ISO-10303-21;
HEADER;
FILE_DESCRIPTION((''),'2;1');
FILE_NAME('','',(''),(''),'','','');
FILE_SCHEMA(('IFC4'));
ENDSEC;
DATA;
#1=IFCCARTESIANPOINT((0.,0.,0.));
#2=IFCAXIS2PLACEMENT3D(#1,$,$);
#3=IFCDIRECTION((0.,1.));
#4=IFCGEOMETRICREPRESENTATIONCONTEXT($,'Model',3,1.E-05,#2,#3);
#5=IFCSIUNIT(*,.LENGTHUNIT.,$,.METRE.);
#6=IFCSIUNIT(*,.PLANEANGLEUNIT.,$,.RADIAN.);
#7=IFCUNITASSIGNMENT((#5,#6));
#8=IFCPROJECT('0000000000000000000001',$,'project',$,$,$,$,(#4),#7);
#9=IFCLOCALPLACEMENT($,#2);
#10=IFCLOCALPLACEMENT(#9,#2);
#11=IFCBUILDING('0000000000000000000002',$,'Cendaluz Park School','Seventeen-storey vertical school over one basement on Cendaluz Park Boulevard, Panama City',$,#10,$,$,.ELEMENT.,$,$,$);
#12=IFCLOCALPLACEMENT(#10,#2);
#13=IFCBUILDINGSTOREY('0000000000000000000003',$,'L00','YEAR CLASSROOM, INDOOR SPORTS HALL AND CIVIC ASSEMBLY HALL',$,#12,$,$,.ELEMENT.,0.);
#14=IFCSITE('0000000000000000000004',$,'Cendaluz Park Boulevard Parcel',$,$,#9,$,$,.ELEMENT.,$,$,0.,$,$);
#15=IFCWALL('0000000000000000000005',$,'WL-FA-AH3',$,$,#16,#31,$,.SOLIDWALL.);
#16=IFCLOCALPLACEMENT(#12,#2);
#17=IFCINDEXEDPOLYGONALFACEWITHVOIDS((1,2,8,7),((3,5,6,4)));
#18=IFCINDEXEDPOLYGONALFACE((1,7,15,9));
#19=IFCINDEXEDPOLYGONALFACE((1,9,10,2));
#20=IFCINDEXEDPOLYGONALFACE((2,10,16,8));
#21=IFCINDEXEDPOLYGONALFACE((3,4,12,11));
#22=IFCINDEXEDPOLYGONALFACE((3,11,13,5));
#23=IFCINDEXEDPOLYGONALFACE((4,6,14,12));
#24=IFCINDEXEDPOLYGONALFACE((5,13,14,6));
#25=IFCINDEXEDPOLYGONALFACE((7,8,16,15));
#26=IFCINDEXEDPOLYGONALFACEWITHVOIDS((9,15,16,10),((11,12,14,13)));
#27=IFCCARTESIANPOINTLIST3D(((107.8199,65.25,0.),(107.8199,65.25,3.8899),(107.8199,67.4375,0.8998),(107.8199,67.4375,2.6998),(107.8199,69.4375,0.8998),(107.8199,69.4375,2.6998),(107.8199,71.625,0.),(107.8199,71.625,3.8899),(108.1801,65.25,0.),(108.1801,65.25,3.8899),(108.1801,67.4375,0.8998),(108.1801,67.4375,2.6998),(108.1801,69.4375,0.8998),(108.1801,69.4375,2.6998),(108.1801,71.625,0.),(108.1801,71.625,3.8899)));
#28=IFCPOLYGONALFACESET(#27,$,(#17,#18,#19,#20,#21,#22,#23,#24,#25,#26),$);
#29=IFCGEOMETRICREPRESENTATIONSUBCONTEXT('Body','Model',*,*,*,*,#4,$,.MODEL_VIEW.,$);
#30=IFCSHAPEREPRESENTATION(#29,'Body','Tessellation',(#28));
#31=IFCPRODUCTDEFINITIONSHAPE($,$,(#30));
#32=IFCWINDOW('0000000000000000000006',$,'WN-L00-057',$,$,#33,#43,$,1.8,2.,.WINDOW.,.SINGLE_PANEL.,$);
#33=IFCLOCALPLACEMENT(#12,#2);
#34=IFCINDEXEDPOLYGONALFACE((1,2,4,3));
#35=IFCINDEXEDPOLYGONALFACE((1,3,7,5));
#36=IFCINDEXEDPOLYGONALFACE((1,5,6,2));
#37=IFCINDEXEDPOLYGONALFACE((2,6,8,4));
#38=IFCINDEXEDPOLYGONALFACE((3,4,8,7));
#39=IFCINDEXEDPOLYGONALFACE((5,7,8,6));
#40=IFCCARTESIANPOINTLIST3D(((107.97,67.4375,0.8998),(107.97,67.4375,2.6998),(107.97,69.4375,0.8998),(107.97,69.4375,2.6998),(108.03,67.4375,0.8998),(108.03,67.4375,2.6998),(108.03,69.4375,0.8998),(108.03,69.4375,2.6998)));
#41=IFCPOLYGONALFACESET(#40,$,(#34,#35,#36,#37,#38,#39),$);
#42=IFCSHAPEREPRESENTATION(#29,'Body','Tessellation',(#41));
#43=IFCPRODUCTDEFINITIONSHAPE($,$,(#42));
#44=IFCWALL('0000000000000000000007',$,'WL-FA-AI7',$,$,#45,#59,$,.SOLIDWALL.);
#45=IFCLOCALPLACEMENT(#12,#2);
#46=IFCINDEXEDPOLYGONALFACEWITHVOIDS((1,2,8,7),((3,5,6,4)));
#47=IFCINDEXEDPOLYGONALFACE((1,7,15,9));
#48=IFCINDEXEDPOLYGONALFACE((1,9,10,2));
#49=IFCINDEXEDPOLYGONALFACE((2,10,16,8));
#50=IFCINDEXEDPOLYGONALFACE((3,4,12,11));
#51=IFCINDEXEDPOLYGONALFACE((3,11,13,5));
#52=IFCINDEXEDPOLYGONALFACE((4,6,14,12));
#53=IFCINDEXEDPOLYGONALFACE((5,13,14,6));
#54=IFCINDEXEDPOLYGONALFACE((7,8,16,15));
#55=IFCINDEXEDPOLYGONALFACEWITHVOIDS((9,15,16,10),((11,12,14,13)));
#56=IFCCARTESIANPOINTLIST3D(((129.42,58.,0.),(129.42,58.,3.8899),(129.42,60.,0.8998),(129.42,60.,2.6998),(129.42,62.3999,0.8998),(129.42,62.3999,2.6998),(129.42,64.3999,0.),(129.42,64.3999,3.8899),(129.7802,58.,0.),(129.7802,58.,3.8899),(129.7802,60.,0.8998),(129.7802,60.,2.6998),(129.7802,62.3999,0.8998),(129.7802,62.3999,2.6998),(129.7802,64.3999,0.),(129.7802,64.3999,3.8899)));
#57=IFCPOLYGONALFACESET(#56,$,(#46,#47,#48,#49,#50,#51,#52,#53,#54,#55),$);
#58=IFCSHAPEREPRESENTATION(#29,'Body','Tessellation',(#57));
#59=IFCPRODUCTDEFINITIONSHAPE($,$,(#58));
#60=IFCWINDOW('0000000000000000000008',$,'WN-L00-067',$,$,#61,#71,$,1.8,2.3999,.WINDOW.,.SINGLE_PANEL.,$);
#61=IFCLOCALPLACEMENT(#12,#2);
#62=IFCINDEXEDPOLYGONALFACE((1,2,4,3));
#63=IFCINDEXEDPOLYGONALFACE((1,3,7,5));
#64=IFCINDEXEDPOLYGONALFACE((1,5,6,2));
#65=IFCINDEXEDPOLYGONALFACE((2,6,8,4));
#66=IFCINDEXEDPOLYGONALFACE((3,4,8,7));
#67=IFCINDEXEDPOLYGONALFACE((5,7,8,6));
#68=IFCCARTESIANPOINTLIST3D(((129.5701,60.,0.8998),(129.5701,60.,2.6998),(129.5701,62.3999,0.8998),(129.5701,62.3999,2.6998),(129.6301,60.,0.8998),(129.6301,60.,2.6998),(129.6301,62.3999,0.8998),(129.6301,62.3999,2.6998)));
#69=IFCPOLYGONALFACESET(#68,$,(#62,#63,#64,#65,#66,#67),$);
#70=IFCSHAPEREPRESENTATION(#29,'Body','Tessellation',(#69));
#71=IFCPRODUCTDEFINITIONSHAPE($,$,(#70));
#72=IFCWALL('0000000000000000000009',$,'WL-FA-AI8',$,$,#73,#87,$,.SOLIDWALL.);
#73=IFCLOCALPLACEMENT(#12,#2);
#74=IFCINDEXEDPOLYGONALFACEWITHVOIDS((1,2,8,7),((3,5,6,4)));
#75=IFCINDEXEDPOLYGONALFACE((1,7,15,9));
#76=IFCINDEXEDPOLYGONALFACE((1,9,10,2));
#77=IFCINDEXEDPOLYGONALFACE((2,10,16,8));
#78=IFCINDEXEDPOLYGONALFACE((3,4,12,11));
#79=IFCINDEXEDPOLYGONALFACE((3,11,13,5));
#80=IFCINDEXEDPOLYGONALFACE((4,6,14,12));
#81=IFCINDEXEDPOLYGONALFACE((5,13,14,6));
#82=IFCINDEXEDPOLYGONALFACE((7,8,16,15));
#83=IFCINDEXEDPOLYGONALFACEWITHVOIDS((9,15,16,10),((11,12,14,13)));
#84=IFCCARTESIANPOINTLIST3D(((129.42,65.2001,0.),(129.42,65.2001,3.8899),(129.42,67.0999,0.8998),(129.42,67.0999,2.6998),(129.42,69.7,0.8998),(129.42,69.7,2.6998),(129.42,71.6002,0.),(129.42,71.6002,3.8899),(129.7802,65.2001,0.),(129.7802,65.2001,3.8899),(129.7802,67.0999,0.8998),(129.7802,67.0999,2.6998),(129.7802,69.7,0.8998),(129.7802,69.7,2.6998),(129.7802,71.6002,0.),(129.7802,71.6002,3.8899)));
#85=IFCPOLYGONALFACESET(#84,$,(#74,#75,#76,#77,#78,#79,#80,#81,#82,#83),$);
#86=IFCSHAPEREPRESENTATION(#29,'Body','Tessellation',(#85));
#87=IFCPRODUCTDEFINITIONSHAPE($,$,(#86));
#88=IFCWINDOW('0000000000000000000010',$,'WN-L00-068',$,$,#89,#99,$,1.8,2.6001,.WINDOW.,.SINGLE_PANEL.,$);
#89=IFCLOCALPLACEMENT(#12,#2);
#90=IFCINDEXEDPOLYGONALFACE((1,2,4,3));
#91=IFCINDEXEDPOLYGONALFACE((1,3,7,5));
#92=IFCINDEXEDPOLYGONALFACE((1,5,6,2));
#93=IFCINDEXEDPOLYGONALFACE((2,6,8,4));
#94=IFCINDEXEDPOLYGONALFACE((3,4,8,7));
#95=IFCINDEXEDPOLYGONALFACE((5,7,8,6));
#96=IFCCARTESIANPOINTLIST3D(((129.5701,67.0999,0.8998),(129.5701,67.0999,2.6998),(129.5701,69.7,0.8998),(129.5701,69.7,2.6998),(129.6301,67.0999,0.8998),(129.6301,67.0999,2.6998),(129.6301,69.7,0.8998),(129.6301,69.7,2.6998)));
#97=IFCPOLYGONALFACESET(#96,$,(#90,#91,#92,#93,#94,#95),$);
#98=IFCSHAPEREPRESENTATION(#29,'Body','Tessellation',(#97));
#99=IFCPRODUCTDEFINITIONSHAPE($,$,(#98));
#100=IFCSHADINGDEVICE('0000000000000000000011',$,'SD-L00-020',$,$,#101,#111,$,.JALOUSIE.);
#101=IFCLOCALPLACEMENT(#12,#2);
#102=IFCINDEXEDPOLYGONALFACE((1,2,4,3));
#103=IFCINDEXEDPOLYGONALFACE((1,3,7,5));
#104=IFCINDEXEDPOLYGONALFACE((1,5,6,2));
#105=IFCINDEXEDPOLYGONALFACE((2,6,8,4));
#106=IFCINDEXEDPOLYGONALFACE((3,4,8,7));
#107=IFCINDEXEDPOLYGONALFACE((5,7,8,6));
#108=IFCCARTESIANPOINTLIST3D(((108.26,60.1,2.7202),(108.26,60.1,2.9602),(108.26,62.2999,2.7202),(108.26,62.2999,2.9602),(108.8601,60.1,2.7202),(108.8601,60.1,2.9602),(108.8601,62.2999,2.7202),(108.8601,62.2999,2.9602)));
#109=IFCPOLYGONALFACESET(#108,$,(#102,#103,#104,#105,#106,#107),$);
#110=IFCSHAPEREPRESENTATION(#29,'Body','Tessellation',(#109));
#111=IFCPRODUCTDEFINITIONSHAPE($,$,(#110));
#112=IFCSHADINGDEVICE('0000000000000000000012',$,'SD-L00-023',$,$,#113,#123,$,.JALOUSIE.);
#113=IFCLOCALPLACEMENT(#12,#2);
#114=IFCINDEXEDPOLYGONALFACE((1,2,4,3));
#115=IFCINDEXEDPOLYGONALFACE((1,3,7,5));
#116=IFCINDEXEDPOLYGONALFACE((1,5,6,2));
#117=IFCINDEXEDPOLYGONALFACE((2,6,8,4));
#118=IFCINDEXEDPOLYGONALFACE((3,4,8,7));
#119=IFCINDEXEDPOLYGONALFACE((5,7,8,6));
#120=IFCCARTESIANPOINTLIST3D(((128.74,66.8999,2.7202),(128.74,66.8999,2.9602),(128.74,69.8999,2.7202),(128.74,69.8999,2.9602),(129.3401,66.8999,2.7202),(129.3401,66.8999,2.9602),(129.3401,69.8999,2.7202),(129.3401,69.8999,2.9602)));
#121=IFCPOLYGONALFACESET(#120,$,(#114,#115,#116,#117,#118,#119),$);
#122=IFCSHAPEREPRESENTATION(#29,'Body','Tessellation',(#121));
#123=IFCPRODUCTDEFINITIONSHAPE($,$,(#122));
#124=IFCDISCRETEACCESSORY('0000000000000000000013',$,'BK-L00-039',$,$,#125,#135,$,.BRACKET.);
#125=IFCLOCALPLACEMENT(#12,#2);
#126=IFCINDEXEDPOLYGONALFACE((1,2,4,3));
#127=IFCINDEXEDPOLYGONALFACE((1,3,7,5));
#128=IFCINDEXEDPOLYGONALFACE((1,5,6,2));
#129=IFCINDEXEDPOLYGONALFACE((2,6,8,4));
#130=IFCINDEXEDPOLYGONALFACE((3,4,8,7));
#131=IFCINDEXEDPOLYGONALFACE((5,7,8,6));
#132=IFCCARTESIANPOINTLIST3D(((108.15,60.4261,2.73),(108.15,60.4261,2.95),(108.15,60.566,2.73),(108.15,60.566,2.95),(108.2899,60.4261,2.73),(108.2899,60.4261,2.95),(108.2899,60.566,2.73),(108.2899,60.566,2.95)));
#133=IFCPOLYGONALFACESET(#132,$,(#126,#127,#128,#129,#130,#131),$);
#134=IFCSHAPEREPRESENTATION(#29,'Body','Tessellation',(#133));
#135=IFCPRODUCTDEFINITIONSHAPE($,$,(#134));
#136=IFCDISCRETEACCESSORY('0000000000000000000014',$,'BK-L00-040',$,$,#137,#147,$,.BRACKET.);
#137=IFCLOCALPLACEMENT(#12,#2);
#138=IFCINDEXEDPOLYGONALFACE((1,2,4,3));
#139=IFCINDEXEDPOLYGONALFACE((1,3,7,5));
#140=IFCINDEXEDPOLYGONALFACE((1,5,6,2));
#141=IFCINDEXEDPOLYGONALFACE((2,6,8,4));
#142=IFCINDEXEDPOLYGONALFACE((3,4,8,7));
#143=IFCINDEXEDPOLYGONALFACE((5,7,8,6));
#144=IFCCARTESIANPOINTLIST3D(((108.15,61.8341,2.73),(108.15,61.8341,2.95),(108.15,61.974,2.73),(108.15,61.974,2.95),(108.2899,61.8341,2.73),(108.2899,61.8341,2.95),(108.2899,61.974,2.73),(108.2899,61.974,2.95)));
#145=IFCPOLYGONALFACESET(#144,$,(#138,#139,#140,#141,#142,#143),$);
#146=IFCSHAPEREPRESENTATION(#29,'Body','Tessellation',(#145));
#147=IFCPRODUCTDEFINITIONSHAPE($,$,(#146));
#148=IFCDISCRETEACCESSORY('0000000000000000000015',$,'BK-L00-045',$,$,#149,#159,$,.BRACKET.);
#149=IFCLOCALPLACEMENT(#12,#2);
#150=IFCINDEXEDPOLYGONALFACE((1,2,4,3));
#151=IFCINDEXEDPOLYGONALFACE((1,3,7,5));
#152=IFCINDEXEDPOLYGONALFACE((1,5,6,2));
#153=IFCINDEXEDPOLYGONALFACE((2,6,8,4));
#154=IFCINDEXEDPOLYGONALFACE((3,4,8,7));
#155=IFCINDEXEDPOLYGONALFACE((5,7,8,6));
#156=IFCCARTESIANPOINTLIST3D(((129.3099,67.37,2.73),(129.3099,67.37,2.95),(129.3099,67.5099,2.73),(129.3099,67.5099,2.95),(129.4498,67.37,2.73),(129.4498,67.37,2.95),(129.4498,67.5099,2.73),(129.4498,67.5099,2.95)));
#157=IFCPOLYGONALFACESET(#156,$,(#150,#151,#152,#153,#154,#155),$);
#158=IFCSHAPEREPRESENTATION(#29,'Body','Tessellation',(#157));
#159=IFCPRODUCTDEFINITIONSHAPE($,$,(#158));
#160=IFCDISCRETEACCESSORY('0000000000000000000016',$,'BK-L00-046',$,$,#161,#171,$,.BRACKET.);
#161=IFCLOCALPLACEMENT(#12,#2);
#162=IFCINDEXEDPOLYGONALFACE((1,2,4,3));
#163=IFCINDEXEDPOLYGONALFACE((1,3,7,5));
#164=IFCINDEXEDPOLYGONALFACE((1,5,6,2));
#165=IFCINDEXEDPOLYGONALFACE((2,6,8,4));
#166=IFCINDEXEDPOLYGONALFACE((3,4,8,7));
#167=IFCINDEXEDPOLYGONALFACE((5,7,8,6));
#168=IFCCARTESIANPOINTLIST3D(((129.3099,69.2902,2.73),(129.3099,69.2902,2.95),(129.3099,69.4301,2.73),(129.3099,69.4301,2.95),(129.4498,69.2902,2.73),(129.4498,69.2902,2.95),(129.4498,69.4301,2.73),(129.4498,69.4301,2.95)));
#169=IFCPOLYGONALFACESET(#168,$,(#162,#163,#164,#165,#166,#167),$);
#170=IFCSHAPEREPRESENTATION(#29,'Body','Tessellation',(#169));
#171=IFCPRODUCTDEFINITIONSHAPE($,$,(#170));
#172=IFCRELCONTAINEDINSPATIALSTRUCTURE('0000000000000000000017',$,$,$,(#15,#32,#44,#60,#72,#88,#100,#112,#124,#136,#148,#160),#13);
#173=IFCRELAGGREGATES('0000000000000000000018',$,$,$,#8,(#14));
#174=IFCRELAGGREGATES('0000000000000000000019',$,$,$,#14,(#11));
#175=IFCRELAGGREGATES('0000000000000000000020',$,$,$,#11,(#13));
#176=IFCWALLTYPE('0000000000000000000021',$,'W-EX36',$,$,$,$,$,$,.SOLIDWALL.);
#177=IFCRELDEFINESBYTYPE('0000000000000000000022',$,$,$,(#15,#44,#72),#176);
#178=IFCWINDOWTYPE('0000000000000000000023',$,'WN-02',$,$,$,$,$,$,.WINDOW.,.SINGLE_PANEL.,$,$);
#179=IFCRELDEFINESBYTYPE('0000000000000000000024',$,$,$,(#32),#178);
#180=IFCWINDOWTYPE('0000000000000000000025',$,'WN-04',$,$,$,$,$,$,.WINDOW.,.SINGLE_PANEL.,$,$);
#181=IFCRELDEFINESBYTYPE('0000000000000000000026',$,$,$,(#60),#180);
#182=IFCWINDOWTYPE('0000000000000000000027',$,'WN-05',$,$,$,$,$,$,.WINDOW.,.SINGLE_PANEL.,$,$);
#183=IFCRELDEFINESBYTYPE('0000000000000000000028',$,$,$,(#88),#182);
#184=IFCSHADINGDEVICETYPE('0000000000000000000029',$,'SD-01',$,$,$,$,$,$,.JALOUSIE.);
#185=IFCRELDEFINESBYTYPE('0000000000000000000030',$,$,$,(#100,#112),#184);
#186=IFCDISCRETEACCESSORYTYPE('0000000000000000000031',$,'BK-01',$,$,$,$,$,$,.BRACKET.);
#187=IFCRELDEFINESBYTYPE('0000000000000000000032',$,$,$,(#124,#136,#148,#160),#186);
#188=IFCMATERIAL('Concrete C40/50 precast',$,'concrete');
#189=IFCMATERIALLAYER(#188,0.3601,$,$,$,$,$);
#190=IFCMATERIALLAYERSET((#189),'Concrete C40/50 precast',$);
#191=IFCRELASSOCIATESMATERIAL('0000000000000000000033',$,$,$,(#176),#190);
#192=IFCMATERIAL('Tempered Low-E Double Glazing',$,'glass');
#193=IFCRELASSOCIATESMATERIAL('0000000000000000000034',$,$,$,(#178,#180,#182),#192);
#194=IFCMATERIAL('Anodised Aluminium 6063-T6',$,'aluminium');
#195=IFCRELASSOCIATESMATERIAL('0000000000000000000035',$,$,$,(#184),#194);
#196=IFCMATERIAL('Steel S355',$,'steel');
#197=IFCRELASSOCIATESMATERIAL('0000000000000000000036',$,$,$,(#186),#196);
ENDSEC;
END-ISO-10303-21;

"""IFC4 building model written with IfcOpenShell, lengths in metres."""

from ifc_helpers import new_model, si_unit, direction, frame, frame_2d, origin, origin_2d, place, context, subcontext, project, spatial, rectangle, extrude, material, layer, layer_set, type_object, element, fill, save


model = new_model("IFC4")

# Units and contexts
model_context = context("Model", 3, precision=1e-05, world=origin(), true_north=direction((0.0, 1.0)))
body_context = subcontext(model_context, "Body", "Model", "MODEL_VIEW")
ifc_project = project(units=[si_unit("LENGTHUNIT", "METRE"), si_unit("PLANEANGLEUNIT", "RADIAN")], contexts=[model_context])

# Site, building, storey
site_placement = place(None, origin())
site = spatial("IfcSite", under=ifc_project, at=site_placement, Name="Cendaluz Park Boulevard Parcel", CompositionType="ELEMENT", RefElevation=0.0)
building_placement = place(site_placement, origin())
building = spatial("IfcBuilding", under=site, at=building_placement, Name="Cendaluz Park School", Description="Seventeen-storey vertical school over one basement on Cendaluz Park Boulevard, Panama City", CompositionType="ELEMENT")
storey_placement = place(building_placement, origin())
storey = spatial("IfcBuildingStorey", under=building, at=storey_placement, Name="L00", Description="YEAR CLASSROOM, INDOOR SPORTS HALL AND CIVIC ASSEMBLY HALL", CompositionType="ELEMENT", Elevation=0.0)

# Walls, openings, windows
ifc_material_1 = material(Name="Concrete C40/50 precast", Category="concrete")
ifc_layer_1 = layer(ifc_material_1, 0.3601)
ifc_layer_set_1 = layer_set([ifc_layer_1], Name="Concrete C40/50 precast")
wall_type_1 = type_object("IfcWallType", Name="W-EX36", PredefinedType="SOLIDWALL", material=ifc_layer_set_1)
wall_1_placement = place(storey_placement, frame((108.0, 65.25, 0.0), z_axis=(0.0, 0.0, 1.0), x_axis=(0.0, 1.0, 0.0)))
wall_1 = element("IfcWall", 1, at=wall_1_placement, inside=storey, type_object=wall_type_1, Name="WL-FA-AH3", PredefinedType="SOLIDWALL", context=body_context, shape_type="SweptSolid", body=[
    extrude(rectangle(XDim=6.375, YDim=0.3601, at=frame_2d((3.1875, 0.0))), origin(), (0.0, 0.0, 1.0), 3.8899),
])
opening_1_placement = place(wall_1_placement, frame((2.1875, 0.0, 0.8999)))
opening_1 = element("IfcOpeningElement", 2, at=opening_1_placement, cuts=wall_1, PredefinedType="OPENING", context=body_context, shape_type="SweptSolid", body=[
    extrude(rectangle(XDim=2.0, YDim=1.8, at=frame_2d((1.0, 0.8999))), frame((0.0, 0.1921, 0.0), z_axis=(0.0, -1.0, 0.0), x_axis=(1.0, 0.0, 0.0)), (0.0, 0.0, 1.0), 0.384),
])
ifc_material_2 = material(Name="Tempered Low-E Double Glazing", Category="glass")
window_type_1 = type_object("IfcWindowType", Name="WN-02", PartitioningType="SINGLE_PANEL", PredefinedType="WINDOW", material=ifc_material_2)
window_1_placement = place(opening_1_placement, origin())
window_1 = element("IfcWindow", 3, at=window_1_placement, inside=storey, type_object=window_type_1, Name="WN-L00-057", OverallHeight=1.8, OverallWidth=2.0, PartitioningType="SINGLE_PANEL", PredefinedType="WINDOW", context=body_context, shape_type="SweptSolid", body=[
    extrude(rectangle(XDim=2.0, YDim=1.8, at=frame_2d((1.0, 0.8999))), frame((0.0, 0.03, 0.0), z_axis=(0.0, -1.0, 0.0), x_axis=(1.0, 0.0, 0.0)), (0.0, 0.0, 1.0), 0.0601),
])
fill(opening_1, window_1)
wall_2_placement = place(storey_placement, frame((129.6001, 58.0, 0.0), z_axis=(0.0, 0.0, 1.0), x_axis=(0.0, 1.0, 0.0)))
wall_2 = element("IfcWall", 4, at=wall_2_placement, inside=storey, type_object=wall_type_1, Name="WL-FA-AI7", PredefinedType="SOLIDWALL", context=body_context, shape_type="SweptSolid", body=[
    extrude(rectangle(XDim=6.3999, YDim=0.3601, at=frame_2d((3.2, 0.0))), origin(), (0.0, 0.0, 1.0), 3.8899),
])
opening_2_placement = place(wall_2_placement, frame((2.0, 0.0, 0.8999)))
opening_2 = element("IfcOpeningElement", 5, at=opening_2_placement, cuts=wall_2, PredefinedType="OPENING", context=body_context, shape_type="SweptSolid", body=[
    extrude(rectangle(XDim=2.3999, YDim=1.8, at=frame_2d((1.2, 0.8999))), frame((0.0, 0.1921, 0.0), z_axis=(0.0, -1.0, 0.0), x_axis=(1.0, 0.0, 0.0)), (0.0, 0.0, 1.0), 0.384),
])
window_type_2 = type_object("IfcWindowType", Name="WN-04", PartitioningType="SINGLE_PANEL", PredefinedType="WINDOW", material=ifc_material_2)
window_2_placement = place(opening_2_placement, origin())
window_2 = element("IfcWindow", 6, at=window_2_placement, inside=storey, type_object=window_type_2, Name="WN-L00-067", OverallHeight=1.8, OverallWidth=2.3999, PartitioningType="SINGLE_PANEL", PredefinedType="WINDOW", context=body_context, shape_type="SweptSolid", body=[
    extrude(rectangle(XDim=2.3999, YDim=1.8, at=frame_2d((1.2, 0.8999))), frame((0.0, 0.03, 0.0), z_axis=(0.0, -1.0, 0.0), x_axis=(1.0, 0.0, 0.0)), (0.0, 0.0, 1.0), 0.0601),
])
fill(opening_2, window_2)
wall_3_placement = place(storey_placement, frame((129.6001, 65.2, 0.0), z_axis=(0.0, 0.0, 1.0), x_axis=(0.0, 1.0, 0.0)))
wall_3 = element("IfcWall", 7, at=wall_3_placement, inside=storey, type_object=wall_type_1, Name="WL-FA-AI8", PredefinedType="SOLIDWALL", context=body_context, shape_type="SweptSolid", body=[
    extrude(rectangle(XDim=6.4001, YDim=0.3601, at=frame_2d((3.2002, 0.0))), origin(), (0.0, 0.0, 1.0), 3.8899),
])
opening_3_placement = place(wall_3_placement, frame((1.8999, 0.0, 0.8999)))
opening_3 = element("IfcOpeningElement", 8, at=opening_3_placement, cuts=wall_3, PredefinedType="OPENING", context=body_context, shape_type="SweptSolid", body=[
    extrude(rectangle(XDim=2.6001, YDim=1.8, at=frame_2d((1.3, 0.8999))), frame((0.0, 0.1921, 0.0), z_axis=(0.0, -1.0, 0.0), x_axis=(1.0, 0.0, 0.0)), (0.0, 0.0, 1.0), 0.384),
])
window_type_3 = type_object("IfcWindowType", Name="WN-05", PartitioningType="SINGLE_PANEL", PredefinedType="WINDOW", material=ifc_material_2)
window_3_placement = place(opening_3_placement, origin())
window_3 = element("IfcWindow", 9, at=window_3_placement, inside=storey, type_object=window_type_3, Name="WN-L00-068", OverallHeight=1.8, OverallWidth=2.6001, PartitioningType="SINGLE_PANEL", PredefinedType="WINDOW", context=body_context, shape_type="SweptSolid", body=[
    extrude(rectangle(XDim=2.6001, YDim=1.8, at=frame_2d((1.3, 0.8999))), frame((0.0, 0.03, 0.0), z_axis=(0.0, -1.0, 0.0), x_axis=(1.0, 0.0, 0.0)), (0.0, 0.0, 1.0), 0.0601),
])
fill(opening_3, window_3)

# Shading devices
ifc_material_3 = material(Name="Anodised Aluminium 6063-T6", Category="aluminium")
shading_device_type = type_object("IfcShadingDeviceType", Name="SD-01", PredefinedType="JALOUSIE", material=ifc_material_3)
shading_device_1_placement = place(storey_placement, frame((108.5601, 61.2, 2.7202), z_axis=(0.0, 0.0, 1.0), x_axis=(0.0, 1.0, 0.0)))
element("IfcShadingDevice", 10, at=shading_device_1_placement, inside=storey, type_object=shading_device_type, Name="SD-L00-020", PredefinedType="JALOUSIE", context=body_context, shape_type="SweptSolid", body=[
    extrude(rectangle(XDim=2.2, YDim=0.6001, at=origin_2d()), origin(), (0.0, 0.0, 1.0), 0.24),
])
shading_device_2_placement = place(storey_placement, frame((129.04, 68.3999, 2.7202), z_axis=(0.0, 0.0, 1.0), x_axis=(0.0, 1.0, 0.0)))
element("IfcShadingDevice", 11, at=shading_device_2_placement, inside=storey, type_object=shading_device_type, Name="SD-L00-023", PredefinedType="JALOUSIE", context=body_context, shape_type="SweptSolid", body=[
    extrude(rectangle(XDim=3.0, YDim=0.6001, at=origin_2d()), origin(), (0.0, 0.0, 1.0), 0.24),
])

# Discrete accessories
ifc_material_4 = material(Name="Steel S355", Category="steel")
discrete_accessory_type = type_object("IfcDiscreteAccessoryType", Name="BK-01", PredefinedType="BRACKET", material=ifc_material_4)
for number, where, z_axis, x_axis, name in (
    (12, (108.22, 60.4961, 2.73), (0.0, 0.0, 1.0), (0.0, 1.0, 0.0), "BK-L00-039"),
    (13, (108.22, 61.9041, 2.73), (0.0, 0.0, 1.0), (0.0, 1.0, 0.0), "BK-L00-040"),
    (14, (129.3799, 67.4399, 2.73), (0.0, 0.0, 1.0), (0.0, 1.0, 0.0), "BK-L00-045"),
    (15, (129.3799, 69.3601, 2.73), (0.0, 0.0, 1.0), (0.0, 1.0, 0.0), "BK-L00-046"),
):
    element("IfcDiscreteAccessory", number, at=place(storey_placement, frame(where, z_axis=z_axis, x_axis=x_axis)), inside=storey, type_object=discrete_accessory_type, Name=name, PredefinedType="BRACKET", context=body_context, shape_type="SweptSolid", body=[
        extrude(rectangle(XDim=0.1399, YDim=0.1399, at=origin_2d()), origin(), (0.0, 0.0, 1.0), 0.22),
    ])

save(model, "model.ifc")
